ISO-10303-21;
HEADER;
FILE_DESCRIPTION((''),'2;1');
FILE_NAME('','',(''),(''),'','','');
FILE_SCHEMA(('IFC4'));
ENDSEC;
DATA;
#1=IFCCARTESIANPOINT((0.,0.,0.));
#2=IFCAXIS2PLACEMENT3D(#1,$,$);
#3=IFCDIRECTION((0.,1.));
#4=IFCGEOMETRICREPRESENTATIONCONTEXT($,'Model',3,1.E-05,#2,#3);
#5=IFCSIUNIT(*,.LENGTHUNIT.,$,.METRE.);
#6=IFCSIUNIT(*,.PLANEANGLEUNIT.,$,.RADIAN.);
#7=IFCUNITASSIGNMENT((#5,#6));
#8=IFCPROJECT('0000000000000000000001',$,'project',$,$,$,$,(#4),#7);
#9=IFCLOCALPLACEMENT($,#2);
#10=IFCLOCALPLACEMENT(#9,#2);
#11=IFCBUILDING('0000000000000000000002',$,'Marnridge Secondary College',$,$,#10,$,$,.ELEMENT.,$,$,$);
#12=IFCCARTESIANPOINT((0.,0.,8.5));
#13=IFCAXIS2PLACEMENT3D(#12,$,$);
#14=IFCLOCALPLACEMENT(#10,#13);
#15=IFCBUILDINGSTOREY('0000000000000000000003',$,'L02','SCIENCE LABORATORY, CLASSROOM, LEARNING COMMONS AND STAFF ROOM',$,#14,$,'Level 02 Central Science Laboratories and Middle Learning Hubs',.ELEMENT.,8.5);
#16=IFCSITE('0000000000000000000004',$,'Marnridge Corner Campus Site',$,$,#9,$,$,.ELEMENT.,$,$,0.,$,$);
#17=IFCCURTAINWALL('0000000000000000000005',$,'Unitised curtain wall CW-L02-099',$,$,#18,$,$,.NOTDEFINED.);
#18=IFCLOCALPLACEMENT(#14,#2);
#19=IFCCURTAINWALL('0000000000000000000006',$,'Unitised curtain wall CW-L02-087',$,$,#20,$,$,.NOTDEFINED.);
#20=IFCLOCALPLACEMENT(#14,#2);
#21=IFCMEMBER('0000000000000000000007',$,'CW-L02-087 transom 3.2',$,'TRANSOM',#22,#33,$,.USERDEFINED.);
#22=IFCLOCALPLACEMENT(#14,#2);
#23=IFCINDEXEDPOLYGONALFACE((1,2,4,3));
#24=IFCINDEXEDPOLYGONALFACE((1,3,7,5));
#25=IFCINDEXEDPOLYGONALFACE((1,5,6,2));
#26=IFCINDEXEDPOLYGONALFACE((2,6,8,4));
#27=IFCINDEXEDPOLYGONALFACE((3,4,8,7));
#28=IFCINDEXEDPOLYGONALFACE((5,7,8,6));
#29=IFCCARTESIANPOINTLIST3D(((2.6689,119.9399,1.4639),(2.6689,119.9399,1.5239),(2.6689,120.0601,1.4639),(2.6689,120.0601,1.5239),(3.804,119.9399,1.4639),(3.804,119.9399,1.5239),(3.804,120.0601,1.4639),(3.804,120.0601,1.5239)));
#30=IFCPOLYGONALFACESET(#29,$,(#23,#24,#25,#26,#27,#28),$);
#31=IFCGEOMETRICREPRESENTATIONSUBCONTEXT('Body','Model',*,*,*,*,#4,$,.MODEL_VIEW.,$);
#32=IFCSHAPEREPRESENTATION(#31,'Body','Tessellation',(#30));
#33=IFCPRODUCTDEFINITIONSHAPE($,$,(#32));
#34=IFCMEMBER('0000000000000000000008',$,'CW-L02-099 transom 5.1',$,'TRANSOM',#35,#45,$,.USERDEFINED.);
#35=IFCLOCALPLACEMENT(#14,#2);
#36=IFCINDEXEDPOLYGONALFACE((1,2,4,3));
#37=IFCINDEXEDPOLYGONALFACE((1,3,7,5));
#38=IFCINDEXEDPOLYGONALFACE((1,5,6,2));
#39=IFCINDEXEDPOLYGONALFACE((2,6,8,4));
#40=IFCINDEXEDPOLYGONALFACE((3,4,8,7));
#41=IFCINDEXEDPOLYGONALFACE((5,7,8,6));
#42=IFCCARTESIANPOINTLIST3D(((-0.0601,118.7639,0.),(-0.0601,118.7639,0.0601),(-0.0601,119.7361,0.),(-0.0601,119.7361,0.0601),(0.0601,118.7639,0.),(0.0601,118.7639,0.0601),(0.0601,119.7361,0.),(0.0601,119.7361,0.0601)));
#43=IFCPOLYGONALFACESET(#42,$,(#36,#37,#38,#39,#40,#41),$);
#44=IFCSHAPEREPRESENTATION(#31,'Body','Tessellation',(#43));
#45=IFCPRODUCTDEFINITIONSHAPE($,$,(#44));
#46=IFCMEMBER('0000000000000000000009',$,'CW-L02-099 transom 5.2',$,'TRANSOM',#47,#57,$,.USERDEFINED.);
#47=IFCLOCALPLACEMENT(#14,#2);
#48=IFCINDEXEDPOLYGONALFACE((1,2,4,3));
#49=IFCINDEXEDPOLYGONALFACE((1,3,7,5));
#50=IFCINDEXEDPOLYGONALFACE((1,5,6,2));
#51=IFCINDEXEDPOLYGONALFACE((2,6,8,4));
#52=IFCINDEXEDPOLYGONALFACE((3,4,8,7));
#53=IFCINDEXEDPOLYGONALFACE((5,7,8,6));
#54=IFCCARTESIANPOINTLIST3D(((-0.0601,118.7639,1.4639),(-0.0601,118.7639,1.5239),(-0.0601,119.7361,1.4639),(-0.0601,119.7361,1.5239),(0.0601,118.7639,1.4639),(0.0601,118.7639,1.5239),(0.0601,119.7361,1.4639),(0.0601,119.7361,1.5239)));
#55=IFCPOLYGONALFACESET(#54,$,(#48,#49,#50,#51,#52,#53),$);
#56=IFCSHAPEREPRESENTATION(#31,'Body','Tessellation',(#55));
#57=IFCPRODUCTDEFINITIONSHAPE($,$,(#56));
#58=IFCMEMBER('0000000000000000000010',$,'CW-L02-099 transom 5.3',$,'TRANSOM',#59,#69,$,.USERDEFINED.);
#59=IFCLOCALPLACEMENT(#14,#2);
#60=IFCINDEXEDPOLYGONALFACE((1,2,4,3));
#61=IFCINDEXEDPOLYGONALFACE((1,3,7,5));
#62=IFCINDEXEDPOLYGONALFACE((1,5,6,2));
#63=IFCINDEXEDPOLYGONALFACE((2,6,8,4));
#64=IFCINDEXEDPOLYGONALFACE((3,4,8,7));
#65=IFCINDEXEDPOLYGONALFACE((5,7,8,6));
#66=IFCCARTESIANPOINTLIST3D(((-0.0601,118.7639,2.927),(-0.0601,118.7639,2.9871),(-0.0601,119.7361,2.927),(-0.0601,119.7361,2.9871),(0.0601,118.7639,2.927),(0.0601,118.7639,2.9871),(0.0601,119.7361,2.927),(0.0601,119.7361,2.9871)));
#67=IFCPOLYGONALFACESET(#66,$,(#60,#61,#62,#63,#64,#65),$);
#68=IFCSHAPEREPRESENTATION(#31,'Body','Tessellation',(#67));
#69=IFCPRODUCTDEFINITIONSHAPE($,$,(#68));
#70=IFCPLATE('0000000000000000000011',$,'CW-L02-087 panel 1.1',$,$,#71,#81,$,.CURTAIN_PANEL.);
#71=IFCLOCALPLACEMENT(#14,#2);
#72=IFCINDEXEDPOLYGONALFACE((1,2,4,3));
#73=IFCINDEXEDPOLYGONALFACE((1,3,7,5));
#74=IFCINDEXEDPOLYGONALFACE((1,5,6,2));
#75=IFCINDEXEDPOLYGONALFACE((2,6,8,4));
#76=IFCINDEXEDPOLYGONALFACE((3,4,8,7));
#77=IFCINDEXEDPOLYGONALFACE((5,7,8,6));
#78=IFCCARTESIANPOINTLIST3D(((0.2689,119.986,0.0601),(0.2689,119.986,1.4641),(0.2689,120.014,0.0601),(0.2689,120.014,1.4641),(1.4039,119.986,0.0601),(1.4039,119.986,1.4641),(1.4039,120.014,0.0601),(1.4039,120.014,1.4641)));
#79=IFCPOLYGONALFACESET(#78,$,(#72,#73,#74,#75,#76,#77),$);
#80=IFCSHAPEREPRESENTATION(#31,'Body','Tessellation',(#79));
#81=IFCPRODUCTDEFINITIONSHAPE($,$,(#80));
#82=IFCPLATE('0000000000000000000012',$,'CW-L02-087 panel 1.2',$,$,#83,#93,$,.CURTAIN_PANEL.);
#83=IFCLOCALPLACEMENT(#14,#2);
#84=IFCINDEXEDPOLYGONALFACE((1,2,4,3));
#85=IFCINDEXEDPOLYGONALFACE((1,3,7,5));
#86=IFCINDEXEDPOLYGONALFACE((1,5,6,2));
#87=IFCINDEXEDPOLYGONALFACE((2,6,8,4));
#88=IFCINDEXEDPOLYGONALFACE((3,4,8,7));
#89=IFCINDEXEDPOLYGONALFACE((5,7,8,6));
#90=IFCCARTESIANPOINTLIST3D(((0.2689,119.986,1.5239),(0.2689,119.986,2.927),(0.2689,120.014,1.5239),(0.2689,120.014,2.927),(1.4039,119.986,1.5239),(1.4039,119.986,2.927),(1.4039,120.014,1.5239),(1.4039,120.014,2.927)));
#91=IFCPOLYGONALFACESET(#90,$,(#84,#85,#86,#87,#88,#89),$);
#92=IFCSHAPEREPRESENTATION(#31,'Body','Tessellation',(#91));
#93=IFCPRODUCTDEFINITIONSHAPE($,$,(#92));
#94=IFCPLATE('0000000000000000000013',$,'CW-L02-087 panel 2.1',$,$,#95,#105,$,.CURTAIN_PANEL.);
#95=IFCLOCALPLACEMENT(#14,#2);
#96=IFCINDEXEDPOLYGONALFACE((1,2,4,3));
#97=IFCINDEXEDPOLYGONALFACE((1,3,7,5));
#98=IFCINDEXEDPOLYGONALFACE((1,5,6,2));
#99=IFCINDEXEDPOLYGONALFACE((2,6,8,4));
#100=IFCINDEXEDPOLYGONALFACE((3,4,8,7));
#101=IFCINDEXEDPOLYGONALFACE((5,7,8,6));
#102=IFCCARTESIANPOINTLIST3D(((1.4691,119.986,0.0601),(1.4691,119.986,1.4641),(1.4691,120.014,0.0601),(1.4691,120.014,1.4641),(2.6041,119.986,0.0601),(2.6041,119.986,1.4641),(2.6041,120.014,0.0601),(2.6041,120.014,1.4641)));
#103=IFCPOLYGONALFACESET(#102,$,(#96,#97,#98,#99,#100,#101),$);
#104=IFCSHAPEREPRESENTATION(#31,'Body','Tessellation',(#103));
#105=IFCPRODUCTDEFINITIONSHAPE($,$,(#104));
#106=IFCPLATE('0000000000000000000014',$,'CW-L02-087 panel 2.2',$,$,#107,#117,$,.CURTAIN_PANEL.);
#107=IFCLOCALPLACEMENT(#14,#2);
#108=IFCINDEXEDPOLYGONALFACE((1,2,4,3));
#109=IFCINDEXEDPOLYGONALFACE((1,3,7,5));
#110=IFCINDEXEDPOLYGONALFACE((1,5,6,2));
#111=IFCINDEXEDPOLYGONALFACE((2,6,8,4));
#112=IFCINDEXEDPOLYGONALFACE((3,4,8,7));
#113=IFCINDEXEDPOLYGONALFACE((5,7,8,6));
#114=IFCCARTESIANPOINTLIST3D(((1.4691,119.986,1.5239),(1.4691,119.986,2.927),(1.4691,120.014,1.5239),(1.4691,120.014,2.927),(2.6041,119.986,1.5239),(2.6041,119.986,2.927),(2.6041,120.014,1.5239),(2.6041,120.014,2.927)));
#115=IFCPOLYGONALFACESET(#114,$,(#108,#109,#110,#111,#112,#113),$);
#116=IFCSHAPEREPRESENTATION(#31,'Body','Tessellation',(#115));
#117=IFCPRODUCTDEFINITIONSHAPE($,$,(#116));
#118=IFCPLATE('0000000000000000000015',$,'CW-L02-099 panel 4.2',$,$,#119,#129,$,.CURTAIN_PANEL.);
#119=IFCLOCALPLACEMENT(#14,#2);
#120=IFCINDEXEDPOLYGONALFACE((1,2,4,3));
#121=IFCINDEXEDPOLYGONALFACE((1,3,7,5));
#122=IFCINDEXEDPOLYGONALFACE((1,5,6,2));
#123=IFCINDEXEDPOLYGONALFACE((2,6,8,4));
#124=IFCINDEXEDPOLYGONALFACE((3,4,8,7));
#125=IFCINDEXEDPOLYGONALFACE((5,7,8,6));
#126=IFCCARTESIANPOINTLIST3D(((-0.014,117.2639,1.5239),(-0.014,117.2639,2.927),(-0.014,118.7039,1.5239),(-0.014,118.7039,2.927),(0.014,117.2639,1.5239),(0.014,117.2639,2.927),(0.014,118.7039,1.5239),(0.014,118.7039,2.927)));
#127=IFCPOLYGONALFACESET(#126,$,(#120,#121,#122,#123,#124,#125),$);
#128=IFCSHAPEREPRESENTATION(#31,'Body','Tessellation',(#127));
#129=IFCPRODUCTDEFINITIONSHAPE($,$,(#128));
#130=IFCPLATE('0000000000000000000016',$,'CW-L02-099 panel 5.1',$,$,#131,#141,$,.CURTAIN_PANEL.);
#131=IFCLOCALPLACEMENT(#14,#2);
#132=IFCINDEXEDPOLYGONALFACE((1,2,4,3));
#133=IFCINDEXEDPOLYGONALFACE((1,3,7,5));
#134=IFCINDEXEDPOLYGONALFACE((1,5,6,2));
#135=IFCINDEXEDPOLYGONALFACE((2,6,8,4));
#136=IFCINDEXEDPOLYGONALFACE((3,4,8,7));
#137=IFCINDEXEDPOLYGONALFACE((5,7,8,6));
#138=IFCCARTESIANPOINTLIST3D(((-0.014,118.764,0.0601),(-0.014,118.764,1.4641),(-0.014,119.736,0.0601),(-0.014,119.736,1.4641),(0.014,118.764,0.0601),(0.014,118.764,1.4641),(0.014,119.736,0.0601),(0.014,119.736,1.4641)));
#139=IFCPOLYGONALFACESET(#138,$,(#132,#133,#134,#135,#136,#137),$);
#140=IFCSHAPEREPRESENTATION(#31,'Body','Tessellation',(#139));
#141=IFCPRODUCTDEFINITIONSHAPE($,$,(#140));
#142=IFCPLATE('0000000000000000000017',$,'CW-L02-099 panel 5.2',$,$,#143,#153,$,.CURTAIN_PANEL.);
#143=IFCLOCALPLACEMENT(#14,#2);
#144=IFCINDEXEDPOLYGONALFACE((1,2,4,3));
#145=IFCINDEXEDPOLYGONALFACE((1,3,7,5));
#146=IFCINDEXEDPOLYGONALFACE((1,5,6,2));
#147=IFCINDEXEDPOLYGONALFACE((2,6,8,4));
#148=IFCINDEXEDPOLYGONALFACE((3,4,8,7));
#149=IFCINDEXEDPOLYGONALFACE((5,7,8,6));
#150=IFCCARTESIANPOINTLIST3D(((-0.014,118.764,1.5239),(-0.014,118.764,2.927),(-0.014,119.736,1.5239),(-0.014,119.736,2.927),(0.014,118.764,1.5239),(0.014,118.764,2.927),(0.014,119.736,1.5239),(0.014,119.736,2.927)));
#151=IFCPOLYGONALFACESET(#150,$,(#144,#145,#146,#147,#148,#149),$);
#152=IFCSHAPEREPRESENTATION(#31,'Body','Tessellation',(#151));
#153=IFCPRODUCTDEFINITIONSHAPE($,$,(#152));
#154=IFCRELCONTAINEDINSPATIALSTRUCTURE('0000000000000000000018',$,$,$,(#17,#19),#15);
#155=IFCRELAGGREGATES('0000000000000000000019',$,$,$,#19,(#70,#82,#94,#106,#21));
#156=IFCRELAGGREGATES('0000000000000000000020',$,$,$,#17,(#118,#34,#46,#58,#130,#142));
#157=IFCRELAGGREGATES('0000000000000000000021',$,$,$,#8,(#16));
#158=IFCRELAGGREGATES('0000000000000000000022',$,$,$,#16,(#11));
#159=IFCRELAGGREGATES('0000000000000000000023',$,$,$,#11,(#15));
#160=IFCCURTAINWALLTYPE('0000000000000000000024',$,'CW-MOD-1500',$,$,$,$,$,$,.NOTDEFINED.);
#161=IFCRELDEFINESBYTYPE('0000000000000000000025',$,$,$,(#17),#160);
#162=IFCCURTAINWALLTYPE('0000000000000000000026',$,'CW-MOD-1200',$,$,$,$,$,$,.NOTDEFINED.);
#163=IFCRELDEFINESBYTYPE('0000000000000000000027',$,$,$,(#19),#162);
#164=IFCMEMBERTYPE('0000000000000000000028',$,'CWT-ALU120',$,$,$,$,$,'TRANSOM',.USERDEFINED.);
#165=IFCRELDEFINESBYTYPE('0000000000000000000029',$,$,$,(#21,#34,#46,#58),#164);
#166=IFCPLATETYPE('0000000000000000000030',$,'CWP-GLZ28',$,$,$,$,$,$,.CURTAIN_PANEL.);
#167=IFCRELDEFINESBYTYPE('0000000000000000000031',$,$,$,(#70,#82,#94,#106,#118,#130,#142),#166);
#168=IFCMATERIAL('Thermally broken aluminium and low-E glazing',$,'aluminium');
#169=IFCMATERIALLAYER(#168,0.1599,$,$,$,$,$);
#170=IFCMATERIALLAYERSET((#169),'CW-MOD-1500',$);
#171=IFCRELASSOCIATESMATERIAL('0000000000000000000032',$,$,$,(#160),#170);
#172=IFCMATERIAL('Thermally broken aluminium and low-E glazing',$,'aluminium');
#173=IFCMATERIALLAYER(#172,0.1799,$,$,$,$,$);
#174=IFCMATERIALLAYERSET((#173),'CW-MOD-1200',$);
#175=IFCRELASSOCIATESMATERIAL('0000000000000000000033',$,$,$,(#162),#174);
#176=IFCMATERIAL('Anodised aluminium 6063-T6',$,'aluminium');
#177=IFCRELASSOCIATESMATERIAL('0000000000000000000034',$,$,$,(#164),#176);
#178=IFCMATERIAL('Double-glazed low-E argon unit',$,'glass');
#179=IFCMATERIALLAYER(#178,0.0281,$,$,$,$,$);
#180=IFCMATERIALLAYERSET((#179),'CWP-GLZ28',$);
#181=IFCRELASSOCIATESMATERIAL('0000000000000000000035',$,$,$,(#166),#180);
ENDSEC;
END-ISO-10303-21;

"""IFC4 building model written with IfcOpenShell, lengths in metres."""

from ifc_helpers import new_model, si_unit, direction, frame, origin, origin_2d, place, context, subcontext, project, spatial, rectangle, extrude, material, layer, layer_set, material_profile, profile_set, type_object, element, aggregate, save


model = new_model("IFC4")

# Units and contexts
model_context = context("Model", 3, precision=1e-05, world=origin(), true_north=direction((0.0, 1.0)))
body_context = subcontext(model_context, "Body", "Model", "MODEL_VIEW")
ifc_project = project(units=[si_unit("LENGTHUNIT", "METRE"), si_unit("PLANEANGLEUNIT", "RADIAN")], contexts=[model_context])

# Site, building, storey
site_placement = place(None, origin())
site = spatial("IfcSite", under=ifc_project, at=site_placement, Name="Marnridge Corner Campus Site", CompositionType="ELEMENT", RefElevation=0.0)
building_placement = place(site_placement, origin())
building = spatial("IfcBuilding", under=site, at=building_placement, Name="Marnridge Secondary College", CompositionType="ELEMENT")
storey_placement = place(building_placement, frame((0.0, 0.0, 8.5)))
storey = spatial("IfcBuildingStorey", under=building, at=storey_placement, Name="L02", Description="SCIENCE LABORATORY, CLASSROOM, LEARNING COMMONS AND STAFF ROOM", LongName="Level 02 Central Science Laboratories and Middle Learning Hubs", CompositionType="ELEMENT", Elevation=8.5)

# Curtain walls, member
ifc_material_1 = material(Name="Thermally broken aluminium and low-E glazing", Category="aluminium")
ifc_layer_1 = layer(ifc_material_1, 0.1599)
ifc_layer_set_1 = layer_set([ifc_layer_1], Name="CW-MOD-1500")
curtain_wall_type_1 = type_object("IfcCurtainWallType", Name="CW-MOD-1500", PredefinedType="NOTDEFINED", material=ifc_layer_set_1)
curtain_wall_1_placement = place(storey_placement, origin())
curtain_wall_1 = element("IfcCurtainWall", 1, at=curtain_wall_1_placement, inside=storey, type_object=curtain_wall_type_1, Name="Unitised curtain wall CW-L02-099", PredefinedType="NOTDEFINED")
ifc_material_2 = material(Name="Thermally broken aluminium and low-E glazing", Category="aluminium")
ifc_layer_2 = layer(ifc_material_2, 0.1799)
ifc_layer_set_2 = layer_set([ifc_layer_2], Name="CW-MOD-1200")
curtain_wall_type_2 = type_object("IfcCurtainWallType", Name="CW-MOD-1200", PredefinedType="NOTDEFINED", material=ifc_layer_set_2)
curtain_wall_2_placement = place(storey_placement, origin())
curtain_wall_2 = element("IfcCurtainWall", 2, at=curtain_wall_2_placement, inside=storey, type_object=curtain_wall_type_2, Name="Unitised curtain wall CW-L02-087", PredefinedType="NOTDEFINED")
ifc_material_3 = material(Name="Anodised aluminium 6063-T6", Category="aluminium")
ifc_material_profile_1 = material_profile(ifc_material_3, rectangle(XDim=0.0601, YDim=0.1201, at=origin_2d()), Name="ALU 60x120")
ifc_profile_set_1 = profile_set([ifc_material_profile_1], Name="Anodised aluminium 6063-T6")
member_type_1 = type_object("IfcMemberType", Name="CWT-ALU120", ElementType="TRANSOM", PredefinedType="USERDEFINED", material=ifc_profile_set_1)
member_1_placement = place(storey_placement, frame((2.6689, 120.0, 1.4939), z_axis=(1.0, 0.0, 0.0), x_axis=(0.0, 0.0, 1.0)))
member_1 = element("IfcMember", 3, at=member_1_placement, type_object=member_type_1, Name="CW-L02-087 transom 3.2", ObjectType="TRANSOM", PredefinedType="USERDEFINED", context=body_context, shape_type="SweptSolid", body=[
    extrude(rectangle(XDim=0.0601, YDim=0.1201, at=origin_2d()), origin(), (0.0, 0.0, 1.0), 1.135),
])

# Members
member_2_placement = place(storey_placement, frame((0.0, 118.7639, 0.03), z_axis=(0.0, 1.0, 0.0), x_axis=(0.0, 0.0, 1.0)))
member_2 = element("IfcMember", 4, at=member_2_placement, type_object=member_type_1, Name="CW-L02-099 transom 5.1", ObjectType="TRANSOM", PredefinedType="USERDEFINED", context=body_context, shape_type="SweptSolid", body=[
    extrude(rectangle(XDim=0.0601, YDim=0.1201, at=origin_2d()), origin(), (0.0, 0.0, 1.0), 0.9722),
])
member_3_placement = place(storey_placement, frame((0.0, 118.7639, 1.4939), z_axis=(0.0, 1.0, 0.0), x_axis=(0.0, 0.0, 1.0)))
member_3 = element("IfcMember", 5, at=member_3_placement, type_object=member_type_1, Name="CW-L02-099 transom 5.2", ObjectType="TRANSOM", PredefinedType="USERDEFINED", context=body_context, shape_type="SweptSolid", body=[
    extrude(rectangle(XDim=0.0601, YDim=0.1201, at=origin_2d()), origin(), (0.0, 0.0, 1.0), 0.9722),
])
member_4_placement = place(storey_placement, frame((0.0, 118.7639, 2.957), z_axis=(0.0, 1.0, 0.0), x_axis=(0.0, 0.0, 1.0)))
member_4 = element("IfcMember", 6, at=member_4_placement, type_object=member_type_1, Name="CW-L02-099 transom 5.3", ObjectType="TRANSOM", PredefinedType="USERDEFINED", context=body_context, shape_type="SweptSolid", body=[
    extrude(rectangle(XDim=0.0601, YDim=0.1201, at=origin_2d()), origin(), (0.0, 0.0, 1.0), 0.9722),
])

# Plates
ifc_material_4 = material(Name="Double-glazed low-E argon unit", Category="glass")
ifc_layer_3 = layer(ifc_material_4, 0.0281)
ifc_layer_set_3 = layer_set([ifc_layer_3], Name="CWP-GLZ28")
plate_type = type_object("IfcPlateType", Name="CWP-GLZ28", PredefinedType="CURTAIN_PANEL", material=ifc_layer_set_3)
plate_1_placement = place(storey_placement, frame((0.8364, 120.0, 0.0601), z_axis=(0.0, 0.0, 1.0), x_axis=(1.0, 0.0, 0.0)))
plate_1 = element("IfcPlate", 7, at=plate_1_placement, type_object=plate_type, Name="CW-L02-087 panel 1.1", PredefinedType="CURTAIN_PANEL", context=body_context, shape_type="SweptSolid", body=[
    extrude(rectangle(XDim=1.135, YDim=0.0281, at=origin_2d()), origin(), (0.0, 0.0, 1.0), 1.4041),
])
plate_2_placement = place(storey_placement, frame((0.8364, 120.0, 1.5239), z_axis=(0.0, 0.0, 1.0), x_axis=(1.0, 0.0, 0.0)))
plate_2 = element("IfcPlate", 8, at=plate_2_placement, type_object=plate_type, Name="CW-L02-087 panel 1.2", PredefinedType="CURTAIN_PANEL", context=body_context, shape_type="SweptSolid", body=[
    extrude(rectangle(XDim=1.135, YDim=0.0281, at=origin_2d()), origin(), (0.0, 0.0, 1.0), 1.4031),
])
plate_3_placement = place(storey_placement, frame((2.0366, 120.0, 0.0601), z_axis=(0.0, 0.0, 1.0), x_axis=(1.0, 0.0, 0.0)))
plate_3 = element("IfcPlate", 9, at=plate_3_placement, type_object=plate_type, Name="CW-L02-087 panel 2.1", PredefinedType="CURTAIN_PANEL", context=body_context, shape_type="SweptSolid", body=[
    extrude(rectangle(XDim=1.135, YDim=0.0281, at=origin_2d()), origin(), (0.0, 0.0, 1.0), 1.4041),
])
plate_4_placement = place(storey_placement, frame((2.0366, 120.0, 1.5239), z_axis=(0.0, 0.0, 1.0), x_axis=(1.0, 0.0, 0.0)))
plate_4 = element("IfcPlate", 10, at=plate_4_placement, type_object=plate_type, Name="CW-L02-087 panel 2.2", PredefinedType="CURTAIN_PANEL", context=body_context, shape_type="SweptSolid", body=[
    extrude(rectangle(XDim=1.135, YDim=0.0281, at=origin_2d()), origin(), (0.0, 0.0, 1.0), 1.4031),
])
aggregate(curtain_wall_2, [plate_1, plate_2, plate_3, plate_4, member_1])
plate_5_placement = place(storey_placement, frame((0.0, 117.9839, 1.5239), z_axis=(0.0, 0.0, 1.0), x_axis=(0.0, 1.0, 0.0)))
plate_5 = element("IfcPlate", 11, at=plate_5_placement, type_object=plate_type, Name="CW-L02-099 panel 4.2", PredefinedType="CURTAIN_PANEL", context=body_context, shape_type="SweptSolid", body=[
    extrude(rectangle(XDim=1.4399, YDim=0.0281, at=origin_2d()), origin(), (0.0, 0.0, 1.0), 1.4031),
])
plate_6_placement = place(storey_placement, frame((0.0, 119.25, 0.0601), z_axis=(0.0, 0.0, 1.0), x_axis=(0.0, 1.0, 0.0)))
plate_6 = element("IfcPlate", 12, at=plate_6_placement, type_object=plate_type, Name="CW-L02-099 panel 5.1", PredefinedType="CURTAIN_PANEL", context=body_context, shape_type="SweptSolid", body=[
    extrude(rectangle(XDim=0.9719, YDim=0.0281, at=origin_2d()), origin(), (0.0, 0.0, 1.0), 1.4041),
])
plate_7_placement = place(storey_placement, frame((0.0, 119.25, 1.5239), z_axis=(0.0, 0.0, 1.0), x_axis=(0.0, 1.0, 0.0)))
plate_7 = element("IfcPlate", 13, at=plate_7_placement, type_object=plate_type, Name="CW-L02-099 panel 5.2", PredefinedType="CURTAIN_PANEL", context=body_context, shape_type="SweptSolid", body=[
    extrude(rectangle(XDim=0.9719, YDim=0.0281, at=origin_2d()), origin(), (0.0, 0.0, 1.0), 1.4031),
])
aggregate(curtain_wall_1, [plate_5, member_2, member_3, member_4, plate_6, plate_7])

save(model, "model.ifc")
